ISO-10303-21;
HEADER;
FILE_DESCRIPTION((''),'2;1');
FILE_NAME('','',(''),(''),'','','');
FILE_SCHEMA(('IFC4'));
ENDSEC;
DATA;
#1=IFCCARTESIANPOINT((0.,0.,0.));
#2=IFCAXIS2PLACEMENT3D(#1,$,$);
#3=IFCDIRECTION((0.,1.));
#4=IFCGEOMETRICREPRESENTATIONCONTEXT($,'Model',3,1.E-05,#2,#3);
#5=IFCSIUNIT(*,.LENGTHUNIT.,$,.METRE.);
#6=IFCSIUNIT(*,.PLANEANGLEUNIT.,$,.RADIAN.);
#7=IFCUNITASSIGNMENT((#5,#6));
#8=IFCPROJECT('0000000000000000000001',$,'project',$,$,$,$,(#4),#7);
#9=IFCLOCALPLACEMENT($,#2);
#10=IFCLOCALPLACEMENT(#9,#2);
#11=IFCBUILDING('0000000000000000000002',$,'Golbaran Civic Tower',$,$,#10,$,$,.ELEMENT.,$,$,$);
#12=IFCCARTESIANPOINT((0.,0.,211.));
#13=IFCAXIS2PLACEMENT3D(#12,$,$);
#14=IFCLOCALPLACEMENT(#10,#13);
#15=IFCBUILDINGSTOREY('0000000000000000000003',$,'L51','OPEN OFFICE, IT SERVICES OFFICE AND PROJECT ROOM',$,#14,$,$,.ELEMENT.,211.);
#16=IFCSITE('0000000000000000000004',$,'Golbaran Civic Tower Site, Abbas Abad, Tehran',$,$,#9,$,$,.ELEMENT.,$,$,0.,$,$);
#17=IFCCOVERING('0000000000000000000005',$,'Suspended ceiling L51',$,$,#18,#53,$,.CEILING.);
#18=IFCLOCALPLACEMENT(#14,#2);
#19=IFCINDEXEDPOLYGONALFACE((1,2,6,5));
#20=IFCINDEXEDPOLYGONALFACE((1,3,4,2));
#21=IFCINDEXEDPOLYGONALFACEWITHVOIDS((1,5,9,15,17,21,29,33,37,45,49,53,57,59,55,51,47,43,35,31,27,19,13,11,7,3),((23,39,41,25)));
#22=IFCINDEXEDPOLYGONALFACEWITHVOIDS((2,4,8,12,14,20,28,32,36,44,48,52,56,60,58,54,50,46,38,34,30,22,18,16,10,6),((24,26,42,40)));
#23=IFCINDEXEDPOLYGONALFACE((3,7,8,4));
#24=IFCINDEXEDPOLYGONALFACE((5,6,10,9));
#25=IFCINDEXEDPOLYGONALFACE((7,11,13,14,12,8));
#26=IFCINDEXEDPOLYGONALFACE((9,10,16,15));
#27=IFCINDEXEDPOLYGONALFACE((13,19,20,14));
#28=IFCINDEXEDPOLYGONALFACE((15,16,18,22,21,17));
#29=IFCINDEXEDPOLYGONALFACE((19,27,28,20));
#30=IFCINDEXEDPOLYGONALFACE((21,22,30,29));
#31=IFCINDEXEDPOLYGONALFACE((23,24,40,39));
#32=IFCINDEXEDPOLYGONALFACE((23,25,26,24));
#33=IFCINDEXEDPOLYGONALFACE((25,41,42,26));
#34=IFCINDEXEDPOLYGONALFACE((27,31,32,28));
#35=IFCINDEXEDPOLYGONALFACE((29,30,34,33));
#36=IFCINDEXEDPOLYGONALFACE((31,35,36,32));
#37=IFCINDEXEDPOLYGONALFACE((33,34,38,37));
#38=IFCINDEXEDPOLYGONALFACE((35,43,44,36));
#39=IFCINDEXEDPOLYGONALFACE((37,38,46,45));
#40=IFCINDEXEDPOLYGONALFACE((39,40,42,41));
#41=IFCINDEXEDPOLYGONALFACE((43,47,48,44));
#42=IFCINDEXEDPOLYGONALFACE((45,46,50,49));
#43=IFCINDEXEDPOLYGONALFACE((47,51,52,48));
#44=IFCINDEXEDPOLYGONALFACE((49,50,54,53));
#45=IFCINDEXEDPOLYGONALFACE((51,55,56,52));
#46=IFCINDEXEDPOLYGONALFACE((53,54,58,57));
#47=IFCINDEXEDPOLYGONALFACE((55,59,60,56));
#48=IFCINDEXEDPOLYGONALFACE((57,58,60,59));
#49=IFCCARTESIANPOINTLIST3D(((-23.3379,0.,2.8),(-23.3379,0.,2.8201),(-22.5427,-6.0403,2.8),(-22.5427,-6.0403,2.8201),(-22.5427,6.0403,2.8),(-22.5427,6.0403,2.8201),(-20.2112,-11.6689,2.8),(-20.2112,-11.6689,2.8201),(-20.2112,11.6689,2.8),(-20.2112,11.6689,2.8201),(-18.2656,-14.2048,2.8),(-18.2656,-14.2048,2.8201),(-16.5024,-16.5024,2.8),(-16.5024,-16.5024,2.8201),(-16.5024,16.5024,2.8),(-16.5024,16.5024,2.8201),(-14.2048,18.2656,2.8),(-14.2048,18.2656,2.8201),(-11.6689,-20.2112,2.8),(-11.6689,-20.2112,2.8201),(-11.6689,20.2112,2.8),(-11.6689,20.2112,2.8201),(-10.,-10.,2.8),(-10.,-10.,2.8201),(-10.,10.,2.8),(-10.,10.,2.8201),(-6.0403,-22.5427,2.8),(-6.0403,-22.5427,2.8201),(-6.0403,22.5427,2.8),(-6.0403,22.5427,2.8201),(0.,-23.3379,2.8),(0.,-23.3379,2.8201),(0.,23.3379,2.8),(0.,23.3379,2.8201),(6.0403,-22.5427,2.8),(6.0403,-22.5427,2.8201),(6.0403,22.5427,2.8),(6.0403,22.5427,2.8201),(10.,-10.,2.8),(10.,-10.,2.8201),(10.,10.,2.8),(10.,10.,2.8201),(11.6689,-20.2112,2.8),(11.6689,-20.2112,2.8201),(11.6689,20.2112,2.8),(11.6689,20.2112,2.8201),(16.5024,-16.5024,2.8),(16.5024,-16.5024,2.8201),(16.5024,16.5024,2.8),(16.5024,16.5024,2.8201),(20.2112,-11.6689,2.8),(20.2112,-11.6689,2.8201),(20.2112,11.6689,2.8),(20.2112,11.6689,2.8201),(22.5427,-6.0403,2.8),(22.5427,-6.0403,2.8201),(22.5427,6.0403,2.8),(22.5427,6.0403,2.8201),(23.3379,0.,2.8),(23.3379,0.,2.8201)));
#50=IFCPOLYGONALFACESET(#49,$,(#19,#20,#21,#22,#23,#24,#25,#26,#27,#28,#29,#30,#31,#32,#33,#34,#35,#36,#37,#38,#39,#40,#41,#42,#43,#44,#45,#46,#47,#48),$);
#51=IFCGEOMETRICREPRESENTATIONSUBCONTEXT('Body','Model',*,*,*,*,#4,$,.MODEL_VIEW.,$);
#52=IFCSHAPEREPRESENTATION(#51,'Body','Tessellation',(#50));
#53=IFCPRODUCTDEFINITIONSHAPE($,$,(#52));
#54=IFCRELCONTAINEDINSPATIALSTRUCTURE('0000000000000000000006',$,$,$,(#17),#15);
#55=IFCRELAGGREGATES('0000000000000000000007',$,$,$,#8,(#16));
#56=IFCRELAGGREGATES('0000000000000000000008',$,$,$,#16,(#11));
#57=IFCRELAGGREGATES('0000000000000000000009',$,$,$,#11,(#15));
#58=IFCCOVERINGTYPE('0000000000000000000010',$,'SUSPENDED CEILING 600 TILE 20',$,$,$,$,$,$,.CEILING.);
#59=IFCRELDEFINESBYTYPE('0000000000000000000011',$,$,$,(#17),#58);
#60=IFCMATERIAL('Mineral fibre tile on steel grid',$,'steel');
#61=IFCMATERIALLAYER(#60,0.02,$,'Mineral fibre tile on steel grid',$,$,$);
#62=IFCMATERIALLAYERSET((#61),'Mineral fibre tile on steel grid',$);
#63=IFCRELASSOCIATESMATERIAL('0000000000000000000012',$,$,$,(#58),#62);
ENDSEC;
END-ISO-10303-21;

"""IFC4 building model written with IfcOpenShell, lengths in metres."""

from ifc_helpers import new_model, si_unit, direction, frame, origin, place, context, subcontext, project, spatial, polyline, outline, extrude, material, layer, layer_set, type_object, element, save


model = new_model("IFC4")

# Units and contexts
model_context = context("Model", 3, precision=1e-05, world=origin(), true_north=direction((0.0, 1.0)))
body_context = subcontext(model_context, "Body", "Model", "MODEL_VIEW")
ifc_project = project(units=[si_unit("LENGTHUNIT", "METRE"), si_unit("PLANEANGLEUNIT", "RADIAN")], contexts=[model_context])

# Site, building, storey
site_placement = place(None, origin())
site = spatial("IfcSite", under=ifc_project, at=site_placement, Name="Golbaran Civic Tower Site, Abbas Abad, Tehran", CompositionType="ELEMENT", RefElevation=0.0)
building_placement = place(site_placement, origin())
building = spatial("IfcBuilding", under=site, at=building_placement, Name="Golbaran Civic Tower", CompositionType="ELEMENT")
storey_placement = place(building_placement, frame((0.0, 0.0, 211.0)))
storey = spatial("IfcBuildingStorey", under=building, at=storey_placement, Name="L51", Description="OPEN OFFICE, IT SERVICES OFFICE AND PROJECT ROOM", CompositionType="ELEMENT", Elevation=211.0)

# Covering
ifc_material_1 = material(Name="Mineral fibre tile on steel grid", Category="steel")
ifc_layer_1 = layer(ifc_material_1, 0.02, Name="Mineral fibre tile on steel grid")
ifc_layer_set_1 = layer_set([ifc_layer_1], Name="Mineral fibre tile on steel grid")
covering_type = type_object("IfcCoveringType", Name="SUSPENDED CEILING 600 TILE 20", PredefinedType="CEILING", material=ifc_layer_set_1)
covering_placement = place(storey_placement, frame((0.0, 0.0, 2.8)))
element("IfcCovering", 1, at=covering_placement, inside=storey, type_object=covering_type, Name="Suspended ceiling L51", PredefinedType="CEILING", context=body_context, shape_type="SweptSolid", body=[
    extrude(outline(polyline([(-16.5024, 16.5024), (-14.2048, 18.2656), (-11.6689, 20.2112), (-6.0403, 22.5427), (0.0, 23.3379), (6.0403, 22.5427), (11.6689, 20.2112), (16.5024, 16.5024), (20.2112, 11.6689), (22.5427, 6.0403), (23.3379, 0.0), (22.5427, -6.0403), (20.2112, -11.6689), (16.5024, -16.5024), (11.6689, -20.2112), (6.0403, -22.5427), (0.0, -23.3379), (-6.0403, -22.5427), (-11.6689, -20.2112), (-16.5024, -16.5024), (-18.2656, -14.2048), (-20.2112, -11.6689), (-22.5427, -6.0403), (-23.3379, 0.0), (-22.5427, 6.0403), (-20.2112, 11.6689), (-16.5024, 16.5024)]), holes=[polyline([(-10.0, 10.0), (-10.0, -10.0), (10.0, -10.0), (10.0, 10.0), (-10.0, 10.0)])]), origin(), (0.0, 0.0, 1.0), 0.02),
])

save(model, "model.ifc")
